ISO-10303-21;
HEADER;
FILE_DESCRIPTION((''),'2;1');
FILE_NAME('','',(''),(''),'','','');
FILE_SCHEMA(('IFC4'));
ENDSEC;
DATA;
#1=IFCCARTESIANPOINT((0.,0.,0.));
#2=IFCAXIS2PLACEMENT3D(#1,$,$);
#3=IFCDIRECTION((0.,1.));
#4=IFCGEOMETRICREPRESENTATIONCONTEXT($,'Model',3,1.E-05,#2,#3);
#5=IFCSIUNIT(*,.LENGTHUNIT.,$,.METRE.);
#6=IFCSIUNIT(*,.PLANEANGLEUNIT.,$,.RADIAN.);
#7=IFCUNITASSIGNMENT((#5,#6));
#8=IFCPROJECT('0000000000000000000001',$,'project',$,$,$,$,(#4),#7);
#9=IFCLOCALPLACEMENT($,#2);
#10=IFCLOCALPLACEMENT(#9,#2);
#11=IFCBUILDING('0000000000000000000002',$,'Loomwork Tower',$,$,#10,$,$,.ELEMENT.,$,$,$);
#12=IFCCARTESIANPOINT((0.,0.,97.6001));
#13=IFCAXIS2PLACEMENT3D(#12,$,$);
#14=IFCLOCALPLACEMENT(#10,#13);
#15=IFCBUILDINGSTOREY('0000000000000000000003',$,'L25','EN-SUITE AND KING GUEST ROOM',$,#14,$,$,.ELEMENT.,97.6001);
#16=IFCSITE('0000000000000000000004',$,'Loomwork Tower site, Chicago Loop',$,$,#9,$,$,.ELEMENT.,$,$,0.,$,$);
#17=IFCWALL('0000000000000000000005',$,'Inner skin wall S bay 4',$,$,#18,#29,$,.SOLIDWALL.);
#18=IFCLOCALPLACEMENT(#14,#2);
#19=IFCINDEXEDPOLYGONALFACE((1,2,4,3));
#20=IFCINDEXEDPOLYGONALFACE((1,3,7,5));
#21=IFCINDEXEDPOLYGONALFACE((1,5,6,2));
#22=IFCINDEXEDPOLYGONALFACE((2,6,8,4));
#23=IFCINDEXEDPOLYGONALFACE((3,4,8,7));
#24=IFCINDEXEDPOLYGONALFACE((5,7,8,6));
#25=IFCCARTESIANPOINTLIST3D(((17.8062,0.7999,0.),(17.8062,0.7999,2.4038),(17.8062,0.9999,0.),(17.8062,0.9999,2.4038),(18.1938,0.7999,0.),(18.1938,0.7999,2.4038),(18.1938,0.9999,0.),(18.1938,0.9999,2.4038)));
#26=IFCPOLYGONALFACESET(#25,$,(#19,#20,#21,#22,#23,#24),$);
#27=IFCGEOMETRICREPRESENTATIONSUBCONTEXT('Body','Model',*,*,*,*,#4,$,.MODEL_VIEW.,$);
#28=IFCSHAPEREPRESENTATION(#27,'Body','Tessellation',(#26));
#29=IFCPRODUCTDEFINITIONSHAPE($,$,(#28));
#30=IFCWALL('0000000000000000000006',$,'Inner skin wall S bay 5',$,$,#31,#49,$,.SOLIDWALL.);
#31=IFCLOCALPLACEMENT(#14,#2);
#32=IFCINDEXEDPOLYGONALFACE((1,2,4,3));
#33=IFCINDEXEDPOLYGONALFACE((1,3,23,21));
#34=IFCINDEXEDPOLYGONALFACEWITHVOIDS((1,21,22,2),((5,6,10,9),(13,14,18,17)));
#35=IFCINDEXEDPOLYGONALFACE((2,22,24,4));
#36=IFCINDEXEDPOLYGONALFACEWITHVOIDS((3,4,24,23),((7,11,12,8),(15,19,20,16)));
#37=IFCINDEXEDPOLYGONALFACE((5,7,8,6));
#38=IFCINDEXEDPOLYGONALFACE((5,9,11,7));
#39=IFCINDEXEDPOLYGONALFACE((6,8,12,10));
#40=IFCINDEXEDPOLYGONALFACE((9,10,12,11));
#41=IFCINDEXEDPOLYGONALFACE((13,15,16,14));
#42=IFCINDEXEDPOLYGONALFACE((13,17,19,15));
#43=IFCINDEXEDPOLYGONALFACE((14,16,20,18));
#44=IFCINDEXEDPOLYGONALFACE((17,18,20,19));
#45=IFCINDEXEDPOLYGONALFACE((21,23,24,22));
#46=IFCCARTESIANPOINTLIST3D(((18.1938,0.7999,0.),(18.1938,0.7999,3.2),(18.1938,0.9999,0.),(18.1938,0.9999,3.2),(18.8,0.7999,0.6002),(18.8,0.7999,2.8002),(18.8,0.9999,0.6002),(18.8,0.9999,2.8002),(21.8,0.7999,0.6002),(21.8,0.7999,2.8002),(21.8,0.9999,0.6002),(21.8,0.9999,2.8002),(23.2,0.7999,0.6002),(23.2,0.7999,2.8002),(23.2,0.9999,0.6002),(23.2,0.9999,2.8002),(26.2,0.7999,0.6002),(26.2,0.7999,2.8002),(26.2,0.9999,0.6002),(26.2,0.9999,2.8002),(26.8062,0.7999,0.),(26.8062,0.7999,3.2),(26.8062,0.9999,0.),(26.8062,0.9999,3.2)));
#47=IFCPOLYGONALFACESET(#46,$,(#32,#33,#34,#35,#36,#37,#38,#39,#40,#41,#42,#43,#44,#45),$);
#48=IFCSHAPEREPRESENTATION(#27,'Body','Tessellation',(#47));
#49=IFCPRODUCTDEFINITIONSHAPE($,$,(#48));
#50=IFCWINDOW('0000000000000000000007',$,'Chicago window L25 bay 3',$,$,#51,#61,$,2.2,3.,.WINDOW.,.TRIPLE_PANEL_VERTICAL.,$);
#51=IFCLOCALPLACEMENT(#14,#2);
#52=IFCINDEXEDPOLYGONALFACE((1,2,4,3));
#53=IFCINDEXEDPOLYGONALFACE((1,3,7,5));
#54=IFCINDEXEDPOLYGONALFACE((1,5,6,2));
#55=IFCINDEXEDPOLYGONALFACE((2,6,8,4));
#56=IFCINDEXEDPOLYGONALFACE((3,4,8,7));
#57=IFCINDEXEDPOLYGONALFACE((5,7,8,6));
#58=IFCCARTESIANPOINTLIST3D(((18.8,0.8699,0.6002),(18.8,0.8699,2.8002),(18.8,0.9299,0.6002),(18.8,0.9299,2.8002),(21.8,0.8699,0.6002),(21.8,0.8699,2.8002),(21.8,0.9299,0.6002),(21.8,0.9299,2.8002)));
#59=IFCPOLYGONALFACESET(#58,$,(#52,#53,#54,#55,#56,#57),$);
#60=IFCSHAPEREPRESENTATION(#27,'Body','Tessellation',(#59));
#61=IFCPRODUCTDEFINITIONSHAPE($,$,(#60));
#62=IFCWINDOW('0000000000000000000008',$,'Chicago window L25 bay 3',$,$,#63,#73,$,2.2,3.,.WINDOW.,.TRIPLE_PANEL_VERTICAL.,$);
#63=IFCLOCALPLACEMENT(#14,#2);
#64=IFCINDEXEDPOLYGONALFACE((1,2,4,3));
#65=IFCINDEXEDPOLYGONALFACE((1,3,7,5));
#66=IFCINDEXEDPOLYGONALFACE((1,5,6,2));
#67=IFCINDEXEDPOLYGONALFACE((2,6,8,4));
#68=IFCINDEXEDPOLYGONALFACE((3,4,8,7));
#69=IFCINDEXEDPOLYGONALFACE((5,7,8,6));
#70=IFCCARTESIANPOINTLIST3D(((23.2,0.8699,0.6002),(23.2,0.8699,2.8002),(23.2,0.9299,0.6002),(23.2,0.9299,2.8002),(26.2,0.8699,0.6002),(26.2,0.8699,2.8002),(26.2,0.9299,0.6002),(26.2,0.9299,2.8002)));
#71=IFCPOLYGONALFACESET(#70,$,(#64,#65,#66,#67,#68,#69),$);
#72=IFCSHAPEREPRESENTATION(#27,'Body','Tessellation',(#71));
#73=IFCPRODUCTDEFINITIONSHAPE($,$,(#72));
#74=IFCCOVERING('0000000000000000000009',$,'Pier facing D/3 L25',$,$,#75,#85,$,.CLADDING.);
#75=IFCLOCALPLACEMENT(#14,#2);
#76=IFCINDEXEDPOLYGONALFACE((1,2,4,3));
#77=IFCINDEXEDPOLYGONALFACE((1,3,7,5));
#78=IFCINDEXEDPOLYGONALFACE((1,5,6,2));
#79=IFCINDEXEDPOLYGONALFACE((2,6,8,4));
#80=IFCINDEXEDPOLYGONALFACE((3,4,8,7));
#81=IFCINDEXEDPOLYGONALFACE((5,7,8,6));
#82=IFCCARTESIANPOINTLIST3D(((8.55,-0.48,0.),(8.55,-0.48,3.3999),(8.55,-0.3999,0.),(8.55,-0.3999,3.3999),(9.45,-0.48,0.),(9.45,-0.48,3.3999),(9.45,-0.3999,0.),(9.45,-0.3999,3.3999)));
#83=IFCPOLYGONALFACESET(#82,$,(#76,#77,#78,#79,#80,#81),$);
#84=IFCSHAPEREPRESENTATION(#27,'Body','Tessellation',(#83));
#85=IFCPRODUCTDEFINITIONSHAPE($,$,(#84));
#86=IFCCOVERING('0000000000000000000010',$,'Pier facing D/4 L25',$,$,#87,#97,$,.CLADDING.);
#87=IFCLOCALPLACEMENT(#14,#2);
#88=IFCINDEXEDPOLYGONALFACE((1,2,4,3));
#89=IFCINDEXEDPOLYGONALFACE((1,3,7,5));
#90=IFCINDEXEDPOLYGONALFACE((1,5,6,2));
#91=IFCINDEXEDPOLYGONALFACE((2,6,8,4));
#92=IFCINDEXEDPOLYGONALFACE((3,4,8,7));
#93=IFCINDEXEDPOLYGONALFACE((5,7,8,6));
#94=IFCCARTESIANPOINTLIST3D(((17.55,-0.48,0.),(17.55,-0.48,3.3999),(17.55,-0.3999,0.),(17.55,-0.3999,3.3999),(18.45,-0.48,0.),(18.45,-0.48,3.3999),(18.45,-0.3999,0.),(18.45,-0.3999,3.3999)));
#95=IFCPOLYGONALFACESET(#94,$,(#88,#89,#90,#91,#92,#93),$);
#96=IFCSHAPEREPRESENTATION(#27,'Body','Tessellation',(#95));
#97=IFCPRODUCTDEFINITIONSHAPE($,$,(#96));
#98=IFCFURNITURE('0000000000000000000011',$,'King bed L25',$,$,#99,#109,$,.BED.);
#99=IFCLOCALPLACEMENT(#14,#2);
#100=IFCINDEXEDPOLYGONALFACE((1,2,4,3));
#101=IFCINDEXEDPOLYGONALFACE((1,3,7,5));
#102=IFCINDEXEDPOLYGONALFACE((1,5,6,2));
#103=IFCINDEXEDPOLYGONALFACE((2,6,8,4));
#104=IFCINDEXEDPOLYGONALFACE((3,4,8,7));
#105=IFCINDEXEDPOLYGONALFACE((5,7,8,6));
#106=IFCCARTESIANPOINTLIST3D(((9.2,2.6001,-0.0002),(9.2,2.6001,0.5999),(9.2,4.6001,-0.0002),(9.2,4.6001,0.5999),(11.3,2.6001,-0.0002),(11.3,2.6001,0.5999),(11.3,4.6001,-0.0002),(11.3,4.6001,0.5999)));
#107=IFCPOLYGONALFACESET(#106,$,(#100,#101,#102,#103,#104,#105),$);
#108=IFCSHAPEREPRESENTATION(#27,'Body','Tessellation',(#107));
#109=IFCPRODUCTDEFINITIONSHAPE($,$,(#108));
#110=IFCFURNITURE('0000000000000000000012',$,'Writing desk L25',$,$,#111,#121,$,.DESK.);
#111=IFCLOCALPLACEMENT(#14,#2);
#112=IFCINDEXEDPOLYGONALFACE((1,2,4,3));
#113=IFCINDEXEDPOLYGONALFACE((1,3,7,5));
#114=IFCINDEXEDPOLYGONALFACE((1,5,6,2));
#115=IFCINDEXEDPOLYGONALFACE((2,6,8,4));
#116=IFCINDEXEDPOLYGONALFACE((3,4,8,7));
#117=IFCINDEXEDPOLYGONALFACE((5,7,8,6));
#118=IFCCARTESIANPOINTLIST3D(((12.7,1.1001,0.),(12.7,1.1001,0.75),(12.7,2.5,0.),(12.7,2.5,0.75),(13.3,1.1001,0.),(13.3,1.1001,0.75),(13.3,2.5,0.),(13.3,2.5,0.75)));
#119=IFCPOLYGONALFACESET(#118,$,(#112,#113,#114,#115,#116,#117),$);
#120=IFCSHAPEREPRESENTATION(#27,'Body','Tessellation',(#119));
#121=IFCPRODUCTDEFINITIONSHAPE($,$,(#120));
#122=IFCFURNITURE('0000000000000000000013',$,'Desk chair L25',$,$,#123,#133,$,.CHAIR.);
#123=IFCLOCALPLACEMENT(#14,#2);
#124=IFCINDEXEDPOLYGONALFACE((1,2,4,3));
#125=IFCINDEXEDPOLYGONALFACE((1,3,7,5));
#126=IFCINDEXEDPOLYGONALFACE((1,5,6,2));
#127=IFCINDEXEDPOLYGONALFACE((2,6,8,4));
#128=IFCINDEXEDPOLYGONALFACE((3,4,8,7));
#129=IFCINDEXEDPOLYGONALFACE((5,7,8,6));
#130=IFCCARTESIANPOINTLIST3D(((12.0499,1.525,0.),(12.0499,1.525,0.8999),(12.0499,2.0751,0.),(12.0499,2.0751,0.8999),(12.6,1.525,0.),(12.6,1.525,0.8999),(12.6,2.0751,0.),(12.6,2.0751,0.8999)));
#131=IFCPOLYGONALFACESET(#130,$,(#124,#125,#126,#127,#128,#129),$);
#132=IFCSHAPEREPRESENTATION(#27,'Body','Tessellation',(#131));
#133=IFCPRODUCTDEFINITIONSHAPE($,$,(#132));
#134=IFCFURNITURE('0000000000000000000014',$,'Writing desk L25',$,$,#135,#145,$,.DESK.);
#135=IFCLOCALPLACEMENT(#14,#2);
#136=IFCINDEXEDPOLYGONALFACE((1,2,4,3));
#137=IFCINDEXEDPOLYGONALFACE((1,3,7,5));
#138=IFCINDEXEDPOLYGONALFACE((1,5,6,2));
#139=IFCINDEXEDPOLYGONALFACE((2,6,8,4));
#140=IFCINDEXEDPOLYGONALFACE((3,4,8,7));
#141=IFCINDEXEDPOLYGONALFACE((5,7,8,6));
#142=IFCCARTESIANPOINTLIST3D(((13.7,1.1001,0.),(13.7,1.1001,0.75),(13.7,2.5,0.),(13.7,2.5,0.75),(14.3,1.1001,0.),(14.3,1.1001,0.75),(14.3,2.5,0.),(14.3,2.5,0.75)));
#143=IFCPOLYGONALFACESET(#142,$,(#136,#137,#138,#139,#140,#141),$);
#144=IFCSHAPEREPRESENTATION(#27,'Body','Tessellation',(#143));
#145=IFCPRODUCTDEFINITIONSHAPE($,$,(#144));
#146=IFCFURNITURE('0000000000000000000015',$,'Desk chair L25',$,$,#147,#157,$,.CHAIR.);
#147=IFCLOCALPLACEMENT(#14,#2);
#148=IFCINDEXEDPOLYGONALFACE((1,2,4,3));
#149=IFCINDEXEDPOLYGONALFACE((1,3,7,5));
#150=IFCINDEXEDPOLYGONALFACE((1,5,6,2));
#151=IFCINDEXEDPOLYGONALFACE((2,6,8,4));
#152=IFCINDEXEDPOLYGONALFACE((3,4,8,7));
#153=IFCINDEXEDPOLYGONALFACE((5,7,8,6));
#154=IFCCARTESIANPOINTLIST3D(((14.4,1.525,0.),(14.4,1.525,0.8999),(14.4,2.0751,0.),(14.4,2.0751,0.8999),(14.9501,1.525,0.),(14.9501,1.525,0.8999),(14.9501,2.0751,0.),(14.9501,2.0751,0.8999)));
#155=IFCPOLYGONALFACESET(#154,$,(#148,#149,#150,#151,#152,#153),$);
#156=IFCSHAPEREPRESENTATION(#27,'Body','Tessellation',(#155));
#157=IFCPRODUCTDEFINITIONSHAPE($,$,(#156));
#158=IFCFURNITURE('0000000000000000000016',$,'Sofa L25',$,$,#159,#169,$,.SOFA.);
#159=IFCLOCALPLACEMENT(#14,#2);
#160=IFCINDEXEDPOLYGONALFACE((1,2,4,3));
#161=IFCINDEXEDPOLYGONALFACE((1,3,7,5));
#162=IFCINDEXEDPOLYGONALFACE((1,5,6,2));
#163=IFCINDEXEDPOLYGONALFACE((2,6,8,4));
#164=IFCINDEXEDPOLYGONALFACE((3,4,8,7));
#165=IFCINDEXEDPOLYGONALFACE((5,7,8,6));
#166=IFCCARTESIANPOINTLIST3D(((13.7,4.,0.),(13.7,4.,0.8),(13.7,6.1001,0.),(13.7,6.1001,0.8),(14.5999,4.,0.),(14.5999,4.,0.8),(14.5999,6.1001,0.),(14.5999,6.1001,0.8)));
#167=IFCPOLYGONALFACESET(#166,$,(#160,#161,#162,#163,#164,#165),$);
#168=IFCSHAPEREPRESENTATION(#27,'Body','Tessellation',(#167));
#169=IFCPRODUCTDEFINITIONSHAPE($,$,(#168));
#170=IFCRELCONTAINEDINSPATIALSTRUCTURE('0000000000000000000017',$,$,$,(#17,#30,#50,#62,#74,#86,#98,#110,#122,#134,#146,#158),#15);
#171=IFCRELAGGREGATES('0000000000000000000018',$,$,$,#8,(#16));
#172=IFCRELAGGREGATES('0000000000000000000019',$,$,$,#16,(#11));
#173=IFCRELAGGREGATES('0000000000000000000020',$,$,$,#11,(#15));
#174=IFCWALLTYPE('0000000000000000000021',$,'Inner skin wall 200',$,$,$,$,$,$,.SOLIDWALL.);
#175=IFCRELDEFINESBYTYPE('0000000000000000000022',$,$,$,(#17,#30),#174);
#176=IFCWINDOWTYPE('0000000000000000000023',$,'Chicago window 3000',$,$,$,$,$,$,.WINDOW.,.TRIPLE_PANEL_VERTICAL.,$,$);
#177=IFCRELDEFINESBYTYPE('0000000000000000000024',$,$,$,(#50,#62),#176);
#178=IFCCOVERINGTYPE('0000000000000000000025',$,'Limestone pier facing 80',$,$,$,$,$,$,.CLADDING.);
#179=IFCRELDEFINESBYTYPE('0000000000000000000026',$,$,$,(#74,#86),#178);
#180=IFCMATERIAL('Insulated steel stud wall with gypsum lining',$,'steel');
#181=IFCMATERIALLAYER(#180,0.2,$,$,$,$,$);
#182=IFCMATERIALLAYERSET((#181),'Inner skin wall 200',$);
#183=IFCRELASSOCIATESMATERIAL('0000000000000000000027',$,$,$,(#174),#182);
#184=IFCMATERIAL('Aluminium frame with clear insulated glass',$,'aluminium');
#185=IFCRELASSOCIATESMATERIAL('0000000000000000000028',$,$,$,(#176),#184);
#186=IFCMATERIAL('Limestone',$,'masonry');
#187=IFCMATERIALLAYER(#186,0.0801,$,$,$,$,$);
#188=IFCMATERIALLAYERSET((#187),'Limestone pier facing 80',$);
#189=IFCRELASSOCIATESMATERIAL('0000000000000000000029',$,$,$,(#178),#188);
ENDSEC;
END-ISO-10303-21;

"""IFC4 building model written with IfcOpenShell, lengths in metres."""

from ifc_helpers import new_model, si_unit, direction, frame, frame_2d, origin, origin_2d, place, context, subcontext, project, spatial, rectangle, extrude, material, layer, layer_set, type_object, element, fill, save


model = new_model("IFC4")

# Units and contexts
model_context = context("Model", 3, precision=1e-05, world=origin(), true_north=direction((0.0, 1.0)))
body_context = subcontext(model_context, "Body", "Model", "MODEL_VIEW")
ifc_project = project(units=[si_unit("LENGTHUNIT", "METRE"), si_unit("PLANEANGLEUNIT", "RADIAN")], contexts=[model_context])

# Site, building, storey
site_placement = place(None, origin())
site = spatial("IfcSite", under=ifc_project, at=site_placement, Name="Loomwork Tower site, Chicago Loop", CompositionType="ELEMENT", RefElevation=0.0)
building_placement = place(site_placement, origin())
building = spatial("IfcBuilding", under=site, at=building_placement, Name="Loomwork Tower", CompositionType="ELEMENT")
storey_placement = place(building_placement, frame((0.0, 0.0, 97.6001)))
storey = spatial("IfcBuildingStorey", under=building, at=storey_placement, Name="L25", Description="EN-SUITE AND KING GUEST ROOM", CompositionType="ELEMENT", Elevation=97.6001)

# Shared definitions
ifc_material_1 = material(Name="Insulated steel stud wall with gypsum lining", Category="steel")
ifc_layer_1 = layer(ifc_material_1, 0.2)
ifc_layer_set_1 = layer_set([ifc_layer_1], Name="Inner skin wall 200")
wall_type = type_object("IfcWallType", Name="Inner skin wall 200", PredefinedType="SOLIDWALL", material=ifc_layer_set_1)

# Shared definitions
ifc_material_2 = material(Name="Aluminium frame with clear insulated glass", Category="aluminium")
window_type = type_object("IfcWindowType", Name="Chicago window 3000", PartitioningType="TRIPLE_PANEL_VERTICAL", PredefinedType="WINDOW", material=ifc_material_2)

# Wall
wall_1_placement = place(storey_placement, frame((17.8062, 0.8999, 0.0), z_axis=(0.0, 0.0, 1.0), x_axis=(1.0, 0.0, 0.0)))
element("IfcWall", 1, at=wall_1_placement, inside=storey, type_object=wall_type, Name="Inner skin wall S bay 4", PredefinedType="SOLIDWALL", context=body_context, shape_type="SweptSolid", body=[
    extrude(rectangle(XDim=0.3877, YDim=0.2, at=frame_2d((0.1938, 0.0))), origin(), (0.0, 0.0, 1.0), 2.4038),
])

# Wall, openings, windows
wall_2_placement = place(storey_placement, frame((18.1938, 0.8999, 0.0), z_axis=(0.0, 0.0, 1.0), x_axis=(1.0, 0.0, 0.0)))
wall_2 = element("IfcWall", 2, at=wall_2_placement, inside=storey, type_object=wall_type, Name="Inner skin wall S bay 5", PredefinedType="SOLIDWALL", context=body_context, shape_type="SweptSolid", body=[
    extrude(rectangle(XDim=8.6123, YDim=0.2, at=frame_2d((4.3062, 0.0))), origin(), (0.0, 0.0, 1.0), 3.2),
])
opening_1_placement = place(wall_2_placement, frame((0.6062, 0.0, 0.6001)))
opening_1 = element("IfcOpeningElement", 3, at=opening_1_placement, cuts=wall_2, PredefinedType="OPENING", context=body_context, shape_type="SweptSolid", body=[
    extrude(rectangle(XDim=3.0, YDim=2.2, at=frame_2d((1.5, 1.1001))), frame((0.0, 0.1099, 0.0), z_axis=(0.0, -1.0, 0.0), x_axis=(1.0, 0.0, 0.0)), (0.0, 0.0, 1.0), 0.22),
])
opening_2_placement = place(wall_2_placement, frame((5.0061, 0.0, 0.6001)))
opening_2 = element("IfcOpeningElement", 4, at=opening_2_placement, cuts=wall_2, PredefinedType="OPENING", context=body_context, shape_type="SweptSolid", body=[
    extrude(rectangle(XDim=3.0, YDim=2.2, at=frame_2d((1.5, 1.1001))), frame((0.0, 0.1099, 0.0), z_axis=(0.0, -1.0, 0.0), x_axis=(1.0, 0.0, 0.0)), (0.0, 0.0, 1.0), 0.22),
])
window_1_placement = place(opening_1_placement, origin())
window_1 = element("IfcWindow", 5, at=window_1_placement, inside=storey, type_object=window_type, Name="Chicago window L25 bay 3", OverallHeight=2.2, OverallWidth=3.0, PartitioningType="TRIPLE_PANEL_VERTICAL", PredefinedType="WINDOW", context=body_context, shape_type="SweptSolid", body=[
    extrude(rectangle(XDim=3.0, YDim=2.2, at=frame_2d((1.5, 1.1001))), frame((0.0, 0.03, 0.0), z_axis=(0.0, -1.0, 0.0), x_axis=(1.0, 0.0, 0.0)), (0.0, 0.0, 1.0), 0.0601),
])
fill(opening_1, window_1)
window_2_placement = place(opening_2_placement, origin())
window_2 = element("IfcWindow", 6, at=window_2_placement, inside=storey, type_object=window_type, Name="Chicago window L25 bay 3", OverallHeight=2.2, OverallWidth=3.0, PartitioningType="TRIPLE_PANEL_VERTICAL", PredefinedType="WINDOW", context=body_context, shape_type="SweptSolid", body=[
    extrude(rectangle(XDim=3.0, YDim=2.2, at=frame_2d((1.5, 1.1001))), frame((0.0, 0.03, 0.0), z_axis=(0.0, -1.0, 0.0), x_axis=(1.0, 0.0, 0.0)), (0.0, 0.0, 1.0), 0.0601),
])
fill(opening_2, window_2)

# Coverings
ifc_material_3 = material(Name="Limestone", Category="masonry")
ifc_layer_2 = layer(ifc_material_3, 0.0801)
ifc_layer_set_2 = layer_set([ifc_layer_2], Name="Limestone pier facing 80")
covering_type = type_object("IfcCoveringType", Name="Limestone pier facing 80", PredefinedType="CLADDING", material=ifc_layer_set_2)
for number, where, z_axis, x_axis, name in (
    (7, (9.0, -0.4399, 0.0), (0.0, 0.0, 1.0), (1.0, 0.0, 0.0), "Pier facing D/3 L25"),
    (8, (18.0, -0.4399, 0.0), (0.0, 0.0, 1.0), (1.0, 0.0, 0.0), "Pier facing D/4 L25"),
):
    element("IfcCovering", number, at=place(storey_placement, frame(where, z_axis=z_axis, x_axis=x_axis)), inside=storey, type_object=covering_type, Name=name, PredefinedType="CLADDING", context=body_context, shape_type="SweptSolid", body=[
        extrude(rectangle(XDim=0.8999, YDim=0.0801, at=origin_2d()), origin(), (0.0, 0.0, 1.0), 3.3999),
    ])

# Furniture
furniture_1_placement = place(storey_placement, frame((10.25, 3.6001, -0.0002), z_axis=(0.0, 0.0, 1.0), x_axis=(1.0, 0.0, 0.0)))
element("IfcFurniture", 9, at=furniture_1_placement, inside=storey, Name="King bed L25", PredefinedType="BED", context=body_context, shape_type="SweptSolid", body=[
    extrude(rectangle(XDim=2.1001, YDim=2.0, at=origin_2d()), origin(), (0.0, 0.0, 1.0), 0.6001),
])
furniture_2_placement = place(storey_placement, frame((13.0, 1.8, 0.0), z_axis=(0.0, 0.0, 1.0), x_axis=(1.0, 0.0, 0.0)))
element("IfcFurniture", 10, at=furniture_2_placement, inside=storey, Name="Writing desk L25", PredefinedType="DESK", context=body_context, shape_type="SweptSolid", body=[
    extrude(rectangle(XDim=0.6001, YDim=1.3999, at=origin_2d()), origin(), (0.0, 0.0, 1.0), 0.75),
])
furniture_3_placement = place(storey_placement, frame((12.325, 1.8, 0.0), z_axis=(0.0, 0.0, 1.0), x_axis=(1.0, 0.0, 0.0)))
element("IfcFurniture", 11, at=furniture_3_placement, inside=storey, Name="Desk chair L25", PredefinedType="CHAIR", context=body_context, shape_type="SweptSolid", body=[
    extrude(rectangle(XDim=0.55, YDim=0.55, at=origin_2d()), origin(), (0.0, 0.0, 1.0), 0.8999),
])
furniture_4_placement = place(storey_placement, frame((14.0, 1.8, 0.0), z_axis=(0.0, 0.0, 1.0), x_axis=(1.0, 0.0, 0.0)))
element("IfcFurniture", 12, at=furniture_4_placement, inside=storey, Name="Writing desk L25", PredefinedType="DESK", context=body_context, shape_type="SweptSolid", body=[
    extrude(rectangle(XDim=0.6001, YDim=1.3999, at=origin_2d()), origin(), (0.0, 0.0, 1.0), 0.75),
])
furniture_5_placement = place(storey_placement, frame((14.675, 1.8, 0.0), z_axis=(0.0, 0.0, 1.0), x_axis=(1.0, 0.0, 0.0)))
element("IfcFurniture", 13, at=furniture_5_placement, inside=storey, Name="Desk chair L25", PredefinedType="CHAIR", context=body_context, shape_type="SweptSolid", body=[
    extrude(rectangle(XDim=0.55, YDim=0.55, at=origin_2d()), origin(), (0.0, 0.0, 1.0), 0.8999),
])
furniture_6_placement = place(storey_placement, frame((14.1499, 5.05, 0.0), z_axis=(0.0, 0.0, 1.0), x_axis=(1.0, 0.0, 0.0)))
element("IfcFurniture", 14, at=furniture_6_placement, inside=storey, Name="Sofa L25", PredefinedType="SOFA", context=body_context, shape_type="SweptSolid", body=[
    extrude(rectangle(XDim=0.8999, YDim=2.1001, at=origin_2d()), origin(), (0.0, 0.0, 1.0), 0.8),
])

save(model, "model.ifc")
